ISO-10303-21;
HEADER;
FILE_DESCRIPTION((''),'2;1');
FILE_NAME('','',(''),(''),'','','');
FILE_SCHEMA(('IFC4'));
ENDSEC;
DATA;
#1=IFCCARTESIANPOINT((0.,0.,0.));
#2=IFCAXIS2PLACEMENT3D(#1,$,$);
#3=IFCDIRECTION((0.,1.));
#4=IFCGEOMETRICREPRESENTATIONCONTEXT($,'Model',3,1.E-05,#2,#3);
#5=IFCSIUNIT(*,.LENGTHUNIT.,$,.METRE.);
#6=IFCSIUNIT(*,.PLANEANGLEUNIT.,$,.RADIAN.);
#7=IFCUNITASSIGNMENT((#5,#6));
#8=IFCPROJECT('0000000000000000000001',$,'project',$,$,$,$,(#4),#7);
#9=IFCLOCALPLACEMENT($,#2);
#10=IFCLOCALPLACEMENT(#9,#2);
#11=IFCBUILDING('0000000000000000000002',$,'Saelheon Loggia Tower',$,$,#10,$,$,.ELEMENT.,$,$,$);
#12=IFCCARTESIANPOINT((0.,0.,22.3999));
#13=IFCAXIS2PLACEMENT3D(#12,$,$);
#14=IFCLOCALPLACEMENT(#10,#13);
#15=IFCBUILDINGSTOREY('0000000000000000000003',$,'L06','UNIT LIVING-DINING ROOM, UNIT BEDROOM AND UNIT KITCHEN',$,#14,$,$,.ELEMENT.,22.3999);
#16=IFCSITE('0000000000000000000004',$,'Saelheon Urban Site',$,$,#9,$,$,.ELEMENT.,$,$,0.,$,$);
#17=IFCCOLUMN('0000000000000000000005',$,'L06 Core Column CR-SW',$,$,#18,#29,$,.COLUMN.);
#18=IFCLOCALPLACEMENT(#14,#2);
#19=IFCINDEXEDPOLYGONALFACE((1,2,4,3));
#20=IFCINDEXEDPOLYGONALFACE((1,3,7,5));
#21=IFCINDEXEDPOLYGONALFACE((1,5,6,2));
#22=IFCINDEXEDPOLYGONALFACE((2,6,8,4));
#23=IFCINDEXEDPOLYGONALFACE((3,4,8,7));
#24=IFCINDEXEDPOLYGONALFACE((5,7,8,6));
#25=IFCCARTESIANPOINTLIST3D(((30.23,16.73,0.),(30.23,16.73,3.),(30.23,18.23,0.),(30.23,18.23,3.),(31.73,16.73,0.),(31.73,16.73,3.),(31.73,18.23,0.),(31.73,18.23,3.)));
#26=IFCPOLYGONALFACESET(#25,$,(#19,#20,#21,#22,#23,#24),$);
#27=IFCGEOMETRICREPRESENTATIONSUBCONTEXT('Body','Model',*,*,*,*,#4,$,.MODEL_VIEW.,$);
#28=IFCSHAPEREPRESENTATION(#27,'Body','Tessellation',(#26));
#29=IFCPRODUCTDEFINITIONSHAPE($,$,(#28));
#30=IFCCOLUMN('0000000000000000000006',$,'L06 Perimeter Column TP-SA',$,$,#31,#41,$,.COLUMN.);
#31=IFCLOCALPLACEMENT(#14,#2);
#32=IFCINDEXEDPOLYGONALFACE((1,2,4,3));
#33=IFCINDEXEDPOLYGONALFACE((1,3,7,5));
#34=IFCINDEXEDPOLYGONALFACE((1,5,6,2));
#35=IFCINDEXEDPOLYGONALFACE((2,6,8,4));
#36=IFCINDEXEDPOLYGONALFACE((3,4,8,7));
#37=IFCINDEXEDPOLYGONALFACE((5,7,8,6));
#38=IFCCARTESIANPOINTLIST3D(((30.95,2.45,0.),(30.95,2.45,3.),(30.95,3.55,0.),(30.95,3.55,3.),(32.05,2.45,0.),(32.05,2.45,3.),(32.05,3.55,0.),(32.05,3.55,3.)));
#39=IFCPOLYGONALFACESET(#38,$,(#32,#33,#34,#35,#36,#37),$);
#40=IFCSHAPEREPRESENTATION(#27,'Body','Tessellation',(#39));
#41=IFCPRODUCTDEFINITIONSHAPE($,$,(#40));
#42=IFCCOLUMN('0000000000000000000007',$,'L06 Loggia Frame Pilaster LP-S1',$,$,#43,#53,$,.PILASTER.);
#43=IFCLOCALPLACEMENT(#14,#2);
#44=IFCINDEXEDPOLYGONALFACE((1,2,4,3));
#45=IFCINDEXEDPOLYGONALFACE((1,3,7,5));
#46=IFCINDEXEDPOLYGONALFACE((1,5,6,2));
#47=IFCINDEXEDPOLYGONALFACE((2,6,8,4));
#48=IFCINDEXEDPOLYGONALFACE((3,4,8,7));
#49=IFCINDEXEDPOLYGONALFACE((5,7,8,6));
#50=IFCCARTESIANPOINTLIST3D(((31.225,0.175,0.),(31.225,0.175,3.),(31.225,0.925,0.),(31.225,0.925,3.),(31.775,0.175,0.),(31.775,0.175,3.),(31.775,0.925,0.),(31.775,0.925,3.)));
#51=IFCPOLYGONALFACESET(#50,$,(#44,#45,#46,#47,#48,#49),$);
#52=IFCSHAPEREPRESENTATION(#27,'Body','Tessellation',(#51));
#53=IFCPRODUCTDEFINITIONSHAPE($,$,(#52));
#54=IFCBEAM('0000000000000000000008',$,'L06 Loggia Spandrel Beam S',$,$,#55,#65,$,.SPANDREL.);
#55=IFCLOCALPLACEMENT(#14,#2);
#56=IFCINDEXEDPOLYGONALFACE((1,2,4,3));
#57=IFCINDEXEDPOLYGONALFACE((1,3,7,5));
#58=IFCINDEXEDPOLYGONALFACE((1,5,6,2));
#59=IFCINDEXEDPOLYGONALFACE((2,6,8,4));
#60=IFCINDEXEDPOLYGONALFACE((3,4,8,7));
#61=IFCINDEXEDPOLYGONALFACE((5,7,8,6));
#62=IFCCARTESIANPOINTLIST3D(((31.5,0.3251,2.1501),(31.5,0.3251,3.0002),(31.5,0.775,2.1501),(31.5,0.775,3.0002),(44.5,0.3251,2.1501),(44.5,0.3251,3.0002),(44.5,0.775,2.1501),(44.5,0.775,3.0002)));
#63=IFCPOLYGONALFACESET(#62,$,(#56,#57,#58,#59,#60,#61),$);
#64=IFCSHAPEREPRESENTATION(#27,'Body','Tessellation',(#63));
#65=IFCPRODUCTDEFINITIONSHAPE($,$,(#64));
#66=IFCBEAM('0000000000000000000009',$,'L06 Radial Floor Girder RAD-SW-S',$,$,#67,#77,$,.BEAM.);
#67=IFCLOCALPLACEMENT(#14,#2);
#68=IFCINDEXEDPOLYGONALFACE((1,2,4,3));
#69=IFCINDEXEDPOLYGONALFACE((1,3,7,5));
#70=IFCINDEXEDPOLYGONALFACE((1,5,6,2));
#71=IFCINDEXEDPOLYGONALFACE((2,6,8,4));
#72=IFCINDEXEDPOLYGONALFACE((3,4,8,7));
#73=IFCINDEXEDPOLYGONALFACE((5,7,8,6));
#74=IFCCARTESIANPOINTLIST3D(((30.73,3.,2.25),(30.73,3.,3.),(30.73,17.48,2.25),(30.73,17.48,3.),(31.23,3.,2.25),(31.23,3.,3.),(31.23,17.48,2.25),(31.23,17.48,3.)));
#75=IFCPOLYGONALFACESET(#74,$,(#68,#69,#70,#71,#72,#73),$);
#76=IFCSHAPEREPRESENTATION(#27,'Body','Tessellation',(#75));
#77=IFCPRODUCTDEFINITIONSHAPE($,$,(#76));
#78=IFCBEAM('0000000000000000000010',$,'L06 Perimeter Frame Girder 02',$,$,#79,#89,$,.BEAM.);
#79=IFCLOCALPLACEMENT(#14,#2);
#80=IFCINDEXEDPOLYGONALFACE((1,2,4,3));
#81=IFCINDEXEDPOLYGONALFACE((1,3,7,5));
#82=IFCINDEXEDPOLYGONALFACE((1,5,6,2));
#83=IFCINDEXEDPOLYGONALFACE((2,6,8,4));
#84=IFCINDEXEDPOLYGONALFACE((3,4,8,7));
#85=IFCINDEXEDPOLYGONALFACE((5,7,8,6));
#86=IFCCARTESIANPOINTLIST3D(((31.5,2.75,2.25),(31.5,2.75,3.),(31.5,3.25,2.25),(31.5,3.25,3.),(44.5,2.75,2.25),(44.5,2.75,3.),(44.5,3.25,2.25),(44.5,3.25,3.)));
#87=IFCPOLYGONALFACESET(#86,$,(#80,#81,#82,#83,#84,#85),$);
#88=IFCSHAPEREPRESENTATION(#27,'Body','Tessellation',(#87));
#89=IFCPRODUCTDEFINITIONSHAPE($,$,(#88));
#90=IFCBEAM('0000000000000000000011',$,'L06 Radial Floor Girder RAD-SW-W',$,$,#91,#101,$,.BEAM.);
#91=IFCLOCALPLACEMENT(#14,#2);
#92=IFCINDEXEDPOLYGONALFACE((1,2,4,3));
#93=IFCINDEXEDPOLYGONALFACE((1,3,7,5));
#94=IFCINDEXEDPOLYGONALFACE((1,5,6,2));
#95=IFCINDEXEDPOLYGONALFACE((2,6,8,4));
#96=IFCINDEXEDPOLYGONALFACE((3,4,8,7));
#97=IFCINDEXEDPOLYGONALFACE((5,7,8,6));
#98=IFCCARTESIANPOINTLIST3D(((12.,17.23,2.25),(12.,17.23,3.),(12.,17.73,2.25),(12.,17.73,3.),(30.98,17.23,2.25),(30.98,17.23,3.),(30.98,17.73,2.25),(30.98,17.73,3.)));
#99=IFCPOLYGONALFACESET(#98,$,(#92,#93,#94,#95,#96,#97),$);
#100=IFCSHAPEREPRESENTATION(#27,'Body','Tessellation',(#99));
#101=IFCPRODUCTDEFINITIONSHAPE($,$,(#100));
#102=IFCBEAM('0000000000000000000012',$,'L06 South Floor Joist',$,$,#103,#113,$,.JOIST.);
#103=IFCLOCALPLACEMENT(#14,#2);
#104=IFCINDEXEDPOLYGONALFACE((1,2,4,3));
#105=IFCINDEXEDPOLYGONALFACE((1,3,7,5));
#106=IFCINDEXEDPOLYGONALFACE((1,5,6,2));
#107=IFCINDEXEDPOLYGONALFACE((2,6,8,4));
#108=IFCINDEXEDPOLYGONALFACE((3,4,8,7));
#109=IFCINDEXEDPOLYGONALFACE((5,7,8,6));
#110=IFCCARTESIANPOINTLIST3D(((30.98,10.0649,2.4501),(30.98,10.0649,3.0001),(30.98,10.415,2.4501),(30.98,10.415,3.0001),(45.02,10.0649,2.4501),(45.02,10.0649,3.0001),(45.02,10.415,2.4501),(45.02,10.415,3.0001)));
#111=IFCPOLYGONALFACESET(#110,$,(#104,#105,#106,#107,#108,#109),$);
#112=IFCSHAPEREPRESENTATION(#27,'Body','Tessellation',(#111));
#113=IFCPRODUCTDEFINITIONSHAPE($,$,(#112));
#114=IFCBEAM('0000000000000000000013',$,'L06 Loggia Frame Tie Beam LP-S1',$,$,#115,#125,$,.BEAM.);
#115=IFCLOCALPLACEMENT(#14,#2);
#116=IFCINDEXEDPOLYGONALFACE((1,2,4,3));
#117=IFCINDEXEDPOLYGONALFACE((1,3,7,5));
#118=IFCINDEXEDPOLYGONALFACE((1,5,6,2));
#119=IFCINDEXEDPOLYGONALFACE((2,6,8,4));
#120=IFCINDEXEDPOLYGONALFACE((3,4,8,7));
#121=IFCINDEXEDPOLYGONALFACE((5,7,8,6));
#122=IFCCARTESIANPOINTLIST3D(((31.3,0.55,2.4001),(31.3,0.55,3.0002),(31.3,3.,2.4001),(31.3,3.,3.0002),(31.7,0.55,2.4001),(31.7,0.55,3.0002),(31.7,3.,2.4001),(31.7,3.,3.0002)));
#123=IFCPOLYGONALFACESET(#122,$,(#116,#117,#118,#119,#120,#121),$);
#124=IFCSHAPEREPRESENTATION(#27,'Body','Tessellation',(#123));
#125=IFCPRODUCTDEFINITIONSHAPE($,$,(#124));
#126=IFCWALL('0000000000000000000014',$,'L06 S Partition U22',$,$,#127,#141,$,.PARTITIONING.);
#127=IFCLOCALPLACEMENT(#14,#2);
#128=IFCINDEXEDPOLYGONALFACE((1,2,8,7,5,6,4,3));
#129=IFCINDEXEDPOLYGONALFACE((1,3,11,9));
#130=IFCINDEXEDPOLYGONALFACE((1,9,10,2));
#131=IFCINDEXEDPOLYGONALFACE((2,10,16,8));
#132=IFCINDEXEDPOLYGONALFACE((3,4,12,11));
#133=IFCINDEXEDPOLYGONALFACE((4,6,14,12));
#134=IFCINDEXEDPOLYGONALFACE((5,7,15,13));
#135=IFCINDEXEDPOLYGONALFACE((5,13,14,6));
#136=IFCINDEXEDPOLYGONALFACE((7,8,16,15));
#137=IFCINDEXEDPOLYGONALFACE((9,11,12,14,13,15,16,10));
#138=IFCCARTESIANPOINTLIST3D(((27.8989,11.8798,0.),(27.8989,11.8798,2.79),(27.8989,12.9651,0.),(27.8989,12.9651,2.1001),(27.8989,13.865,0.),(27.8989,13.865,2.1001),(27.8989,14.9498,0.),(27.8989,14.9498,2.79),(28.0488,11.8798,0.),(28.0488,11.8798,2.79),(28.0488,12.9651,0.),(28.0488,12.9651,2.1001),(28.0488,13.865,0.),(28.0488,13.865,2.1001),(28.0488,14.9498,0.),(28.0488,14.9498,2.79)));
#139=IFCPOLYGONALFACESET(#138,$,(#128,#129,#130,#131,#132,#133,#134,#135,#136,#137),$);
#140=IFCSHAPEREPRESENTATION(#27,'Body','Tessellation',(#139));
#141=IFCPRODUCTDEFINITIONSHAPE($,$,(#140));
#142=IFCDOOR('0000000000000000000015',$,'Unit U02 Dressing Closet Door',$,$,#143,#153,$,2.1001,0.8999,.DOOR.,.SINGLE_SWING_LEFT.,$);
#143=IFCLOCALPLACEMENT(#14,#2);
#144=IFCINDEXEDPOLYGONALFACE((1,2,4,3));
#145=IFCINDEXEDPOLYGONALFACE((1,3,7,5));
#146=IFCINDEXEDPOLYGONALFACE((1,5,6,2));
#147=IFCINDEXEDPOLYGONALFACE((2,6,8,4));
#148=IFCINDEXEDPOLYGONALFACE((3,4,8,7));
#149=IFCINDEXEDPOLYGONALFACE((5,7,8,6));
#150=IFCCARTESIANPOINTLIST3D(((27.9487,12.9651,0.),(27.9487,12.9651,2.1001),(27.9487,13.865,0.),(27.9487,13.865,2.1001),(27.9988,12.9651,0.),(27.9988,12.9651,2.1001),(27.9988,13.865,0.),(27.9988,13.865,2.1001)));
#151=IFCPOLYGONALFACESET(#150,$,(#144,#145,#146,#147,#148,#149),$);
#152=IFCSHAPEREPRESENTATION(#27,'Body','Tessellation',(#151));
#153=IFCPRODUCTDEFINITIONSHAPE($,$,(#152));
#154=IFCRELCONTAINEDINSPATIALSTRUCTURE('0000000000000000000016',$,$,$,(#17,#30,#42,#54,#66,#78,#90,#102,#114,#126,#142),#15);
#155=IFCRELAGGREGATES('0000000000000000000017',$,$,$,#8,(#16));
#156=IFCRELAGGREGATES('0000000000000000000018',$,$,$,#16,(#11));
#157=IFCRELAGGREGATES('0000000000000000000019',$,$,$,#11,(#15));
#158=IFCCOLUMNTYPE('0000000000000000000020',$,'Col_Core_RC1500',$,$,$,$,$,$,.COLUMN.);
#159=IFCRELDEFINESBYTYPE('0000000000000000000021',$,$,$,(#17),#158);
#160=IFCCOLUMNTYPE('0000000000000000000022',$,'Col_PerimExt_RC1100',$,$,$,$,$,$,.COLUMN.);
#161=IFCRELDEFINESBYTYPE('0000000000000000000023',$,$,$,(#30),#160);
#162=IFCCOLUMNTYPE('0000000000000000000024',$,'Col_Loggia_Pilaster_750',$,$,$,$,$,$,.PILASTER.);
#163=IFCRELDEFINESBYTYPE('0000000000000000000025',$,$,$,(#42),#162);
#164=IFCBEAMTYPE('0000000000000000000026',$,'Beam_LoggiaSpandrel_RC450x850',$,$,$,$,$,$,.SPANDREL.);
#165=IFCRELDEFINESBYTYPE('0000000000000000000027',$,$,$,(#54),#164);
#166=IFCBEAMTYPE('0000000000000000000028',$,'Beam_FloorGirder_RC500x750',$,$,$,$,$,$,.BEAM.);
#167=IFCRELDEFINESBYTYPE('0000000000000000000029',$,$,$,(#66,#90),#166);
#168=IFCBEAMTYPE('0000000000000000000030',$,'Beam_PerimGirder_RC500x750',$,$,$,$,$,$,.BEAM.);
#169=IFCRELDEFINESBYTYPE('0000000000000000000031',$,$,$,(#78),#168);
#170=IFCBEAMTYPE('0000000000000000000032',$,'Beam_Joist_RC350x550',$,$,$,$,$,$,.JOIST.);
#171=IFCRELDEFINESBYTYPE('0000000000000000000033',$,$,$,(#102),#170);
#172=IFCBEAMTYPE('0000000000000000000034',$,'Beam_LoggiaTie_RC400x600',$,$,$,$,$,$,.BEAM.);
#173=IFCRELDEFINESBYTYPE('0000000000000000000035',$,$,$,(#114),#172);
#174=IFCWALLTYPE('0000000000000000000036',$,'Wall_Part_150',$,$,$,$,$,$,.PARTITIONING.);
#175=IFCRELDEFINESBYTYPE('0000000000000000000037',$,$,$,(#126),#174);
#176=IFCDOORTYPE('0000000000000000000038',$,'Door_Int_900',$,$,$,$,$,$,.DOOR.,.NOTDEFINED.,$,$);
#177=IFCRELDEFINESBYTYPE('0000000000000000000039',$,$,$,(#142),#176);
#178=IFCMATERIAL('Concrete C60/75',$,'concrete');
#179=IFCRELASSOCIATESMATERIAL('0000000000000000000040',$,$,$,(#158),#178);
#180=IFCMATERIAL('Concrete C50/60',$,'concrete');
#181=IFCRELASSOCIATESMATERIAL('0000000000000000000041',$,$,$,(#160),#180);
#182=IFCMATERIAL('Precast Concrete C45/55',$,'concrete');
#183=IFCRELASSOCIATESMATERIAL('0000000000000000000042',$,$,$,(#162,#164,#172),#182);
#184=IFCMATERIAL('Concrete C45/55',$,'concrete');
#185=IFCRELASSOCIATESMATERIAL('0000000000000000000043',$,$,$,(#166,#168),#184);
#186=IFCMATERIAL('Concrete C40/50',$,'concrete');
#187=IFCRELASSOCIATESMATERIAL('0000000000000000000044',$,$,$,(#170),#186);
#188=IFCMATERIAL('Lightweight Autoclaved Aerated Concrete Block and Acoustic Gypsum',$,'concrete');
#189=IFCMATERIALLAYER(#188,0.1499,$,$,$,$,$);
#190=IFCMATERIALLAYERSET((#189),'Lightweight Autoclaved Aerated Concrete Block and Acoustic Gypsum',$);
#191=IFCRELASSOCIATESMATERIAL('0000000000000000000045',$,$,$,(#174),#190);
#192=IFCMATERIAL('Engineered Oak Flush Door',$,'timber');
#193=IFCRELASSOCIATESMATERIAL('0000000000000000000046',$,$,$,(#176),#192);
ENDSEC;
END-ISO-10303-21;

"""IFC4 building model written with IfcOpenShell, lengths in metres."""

from ifc_helpers import new_model, si_unit, direction, frame, frame_2d, origin, origin_2d, place, context, subcontext, project, spatial, rectangle, extrude, source, transform, mapped, material, layer, layer_set, material_profile, profile_set, type_object, element, fill, save


model = new_model("IFC4")

# Units and contexts
model_context = context("Model", 3, precision=1e-05, world=origin(), true_north=direction((0.0, 1.0)))
body_context = subcontext(model_context, "Body", "Model", "MODEL_VIEW")
ifc_project = project(units=[si_unit("LENGTHUNIT", "METRE"), si_unit("PLANEANGLEUNIT", "RADIAN")], contexts=[model_context])

# Site, building, storey
site_placement = place(None, origin())
site = spatial("IfcSite", under=ifc_project, at=site_placement, Name="Saelheon Urban Site", CompositionType="ELEMENT", RefElevation=0.0)
building_placement = place(site_placement, origin())
building = spatial("IfcBuilding", under=site, at=building_placement, Name="Saelheon Loggia Tower", CompositionType="ELEMENT")
storey_placement = place(building_placement, frame((0.0, 0.0, 22.3999)))
storey = spatial("IfcBuildingStorey", under=building, at=storey_placement, Name="L06", Description="UNIT LIVING-DINING ROOM, UNIT BEDROOM AND UNIT KITCHEN", CompositionType="ELEMENT", Elevation=22.3999)

# Columns
ifc_material_1 = material(Name="Concrete C60/75", Category="concrete")
ifc_material_profile_1 = material_profile(ifc_material_1, rectangle(XDim=1.5, YDim=1.5, at=origin_2d()), Name="RC-1500x1500")
ifc_profile_set_1 = profile_set([ifc_material_profile_1], Name="Concrete C60/75")
column_type_1 = type_object("IfcColumnType", Name="Col_Core_RC1500", PredefinedType="COLUMN", material=ifc_profile_set_1)
shared_shape_1 = source(origin(), body_context, "Body", "SweptSolid", [
    extrude(rectangle(XDim=1.5, YDim=1.5, at=origin_2d()), origin(), (0.0, 0.0, 1.0), 3.0),
])
column_1_placement = place(storey_placement, frame((30.98, 17.48, 0.0), z_axis=(0.0, 0.0, 1.0), x_axis=(1.0, 0.0, 0.0)))
element("IfcColumn", 1, at=column_1_placement, inside=storey, type_object=column_type_1, Name="L06 Core Column CR-SW", PredefinedType="COLUMN", context=body_context, shape_type="MappedRepresentation", body=[
    mapped(shared_shape_1, transform((0.0, 0.0, 0.0), scale=1.0)),
])
ifc_material_2 = material(Name="Concrete C50/60", Category="concrete")
ifc_material_profile_2 = material_profile(ifc_material_2, rectangle(XDim=1.1001, YDim=1.1001, at=origin_2d()), Name="RC-1100x1100")
ifc_profile_set_2 = profile_set([ifc_material_profile_2], Name="Concrete C50/60")
column_type_2 = type_object("IfcColumnType", Name="Col_PerimExt_RC1100", PredefinedType="COLUMN", material=ifc_profile_set_2)
shared_shape_2 = source(origin(), body_context, "Body", "SweptSolid", [
    extrude(rectangle(XDim=1.1001, YDim=1.1001, at=origin_2d()), origin(), (0.0, 0.0, 1.0), 3.0),
])
column_2_placement = place(storey_placement, frame((31.5, 3.0, 0.0), z_axis=(0.0, 0.0, 1.0), x_axis=(1.0, 0.0, 0.0)))
element("IfcColumn", 2, at=column_2_placement, inside=storey, type_object=column_type_2, Name="L06 Perimeter Column TP-SA", PredefinedType="COLUMN", context=body_context, shape_type="MappedRepresentation", body=[
    mapped(shared_shape_2, transform((0.0, 0.0, 0.0), scale=1.0)),
])
ifc_material_3 = material(Name="Precast Concrete C45/55", Category="concrete")
ifc_material_profile_3 = material_profile(ifc_material_3, rectangle(XDim=0.55, YDim=0.75, at=origin_2d()), Name="RC-550x750")
ifc_profile_set_3 = profile_set([ifc_material_profile_3], Name="Precast Concrete C45/55")
column_type_3 = type_object("IfcColumnType", Name="Col_Loggia_Pilaster_750", PredefinedType="PILASTER", material=ifc_profile_set_3)
shared_shape_3 = source(origin(), body_context, "Body", "SweptSolid", [
    extrude(rectangle(XDim=0.55, YDim=0.75, at=origin_2d()), origin(), (0.0, 0.0, 1.0), 3.0),
])
column_3_placement = place(storey_placement, frame((31.5, 0.55, 0.0), z_axis=(0.0, 0.0, 1.0), x_axis=(1.0, 0.0, 0.0)))
element("IfcColumn", 3, at=column_3_placement, inside=storey, type_object=column_type_3, Name="L06 Loggia Frame Pilaster LP-S1", PredefinedType="PILASTER", context=body_context, shape_type="MappedRepresentation", body=[
    mapped(shared_shape_3, transform((0.0, 0.0, 0.0), scale=1.0)),
])

# Beams
ifc_material_profile_4 = material_profile(ifc_material_3, rectangle(XDim=0.45, YDim=0.8501, at=origin_2d()), Name="RC-450x850")
ifc_profile_set_4 = profile_set([ifc_material_profile_4], Name="Precast Concrete C45/55")
beam_type_1 = type_object("IfcBeamType", Name="Beam_LoggiaSpandrel_RC450x850", PredefinedType="SPANDREL", material=ifc_profile_set_4)
shared_shape_4 = source(origin(), body_context, "Body", "SweptSolid", [
    extrude(rectangle(XDim=0.45, YDim=0.8501, at=origin_2d()), origin(), (0.0, 0.0, 1.0), 13.0),
])
beam_1_placement = place(storey_placement, frame((31.5, 0.55, 2.5752), z_axis=(1.0, 0.0, 0.0), x_axis=(0.0, 1.0, 0.0)))
element("IfcBeam", 4, at=beam_1_placement, inside=storey, type_object=beam_type_1, Name="L06 Loggia Spandrel Beam S", PredefinedType="SPANDREL", context=body_context, shape_type="MappedRepresentation", body=[
    mapped(shared_shape_4, transform((0.0, 0.0, 0.0), scale=1.0)),
])
ifc_material_4 = material(Name="Concrete C45/55", Category="concrete")
ifc_material_profile_5 = material_profile(ifc_material_4, rectangle(XDim=0.5, YDim=0.75, at=origin_2d()), Name="RC-500x750")
ifc_profile_set_5 = profile_set([ifc_material_profile_5], Name="Concrete C45/55")
beam_type_2 = type_object("IfcBeamType", Name="Beam_FloorGirder_RC500x750", PredefinedType="BEAM", material=ifc_profile_set_5)
shared_shape_5 = source(origin(), body_context, "Body", "SweptSolid", [
    extrude(rectangle(XDim=0.5, YDim=0.75, at=origin_2d()), origin(), (0.0, 0.0, 1.0), 14.48),
])
beam_2_placement = place(storey_placement, frame((30.98, 17.48, 2.625), z_axis=(0.0, -1.0, 0.0), x_axis=(1.0, 0.0, 0.0)))
element("IfcBeam", 5, at=beam_2_placement, inside=storey, type_object=beam_type_2, Name="L06 Radial Floor Girder RAD-SW-S", PredefinedType="BEAM", context=body_context, shape_type="MappedRepresentation", body=[
    mapped(shared_shape_5, transform((0.0, 0.0, 0.0), scale=1.0)),
])
ifc_material_profile_6 = material_profile(ifc_material_4, rectangle(XDim=0.5, YDim=0.75, at=origin_2d()), Name="RC-500x750")
ifc_profile_set_6 = profile_set([ifc_material_profile_6], Name="Concrete C45/55")
beam_type_3 = type_object("IfcBeamType", Name="Beam_PerimGirder_RC500x750", PredefinedType="BEAM", material=ifc_profile_set_6)
shared_shape_6 = source(origin(), body_context, "Body", "SweptSolid", [
    extrude(rectangle(XDim=0.5, YDim=0.75, at=origin_2d()), origin(), (0.0, 0.0, 1.0), 13.0),
])
beam_3_placement = place(storey_placement, frame((31.5, 3.0, 2.625), z_axis=(1.0, 0.0, 0.0), x_axis=(0.0, 1.0, 0.0)))
element("IfcBeam", 6, at=beam_3_placement, inside=storey, type_object=beam_type_3, Name="L06 Perimeter Frame Girder 02", PredefinedType="BEAM", context=body_context, shape_type="MappedRepresentation", body=[
    mapped(shared_shape_6, transform((0.0, 0.0, 0.0), scale=1.0)),
])
shared_shape_7 = source(origin(), body_context, "Body", "SweptSolid", [
    extrude(rectangle(XDim=0.5, YDim=0.75, at=origin_2d()), origin(), (0.0, 0.0, 1.0), 18.98),
])
beam_4_placement = place(storey_placement, frame((30.98, 17.48, 2.625), z_axis=(-1.0, 0.0, 0.0), x_axis=(0.0, -1.0, 0.0)))
element("IfcBeam", 7, at=beam_4_placement, inside=storey, type_object=beam_type_2, Name="L06 Radial Floor Girder RAD-SW-W", PredefinedType="BEAM", context=body_context, shape_type="MappedRepresentation", body=[
    mapped(shared_shape_7, transform((0.0, 0.0, 0.0), scale=1.0)),
])
ifc_material_5 = material(Name="Concrete C40/50", Category="concrete")
ifc_material_profile_7 = material_profile(ifc_material_5, rectangle(XDim=0.3501, YDim=0.55, at=origin_2d()), Name="RC-350x550")
ifc_profile_set_7 = profile_set([ifc_material_profile_7], Name="Concrete C40/50")
beam_type_4 = type_object("IfcBeamType", Name="Beam_Joist_RC350x550", PredefinedType="JOIST", material=ifc_profile_set_7)
shared_shape_8 = source(origin(), body_context, "Body", "SweptSolid", [
    extrude(rectangle(XDim=0.3501, YDim=0.55, at=origin_2d()), origin(), (0.0, 0.0, 1.0), 14.04),
])
beam_5_placement = place(storey_placement, frame((30.98, 10.24, 2.7251), z_axis=(1.0, 0.0, 0.0), x_axis=(0.0, 1.0, 0.0)))
element("IfcBeam", 8, at=beam_5_placement, inside=storey, type_object=beam_type_4, Name="L06 South Floor Joist", PredefinedType="JOIST", context=body_context, shape_type="MappedRepresentation", body=[
    mapped(shared_shape_8, transform((0.0, 0.0, 0.0), scale=1.0)),
])
ifc_material_profile_8 = material_profile(ifc_material_3, rectangle(XDim=0.3999, YDim=0.6001, at=origin_2d()), Name="RC-400x600")
ifc_profile_set_8 = profile_set([ifc_material_profile_8], Name="Precast Concrete C45/55")
beam_type_5 = type_object("IfcBeamType", Name="Beam_LoggiaTie_RC400x600", PredefinedType="BEAM", material=ifc_profile_set_8)
shared_shape_9 = source(origin(), body_context, "Body", "SweptSolid", [
    extrude(rectangle(XDim=0.3999, YDim=0.6001, at=origin_2d()), origin(), (0.0, 0.0, 1.0), 2.45),
])
beam_6_placement = place(storey_placement, frame((31.5, 3.0, 2.7002), z_axis=(0.0, -1.0, 0.0), x_axis=(1.0, 0.0, 0.0)))
element("IfcBeam", 9, at=beam_6_placement, inside=storey, type_object=beam_type_5, Name="L06 Loggia Frame Tie Beam LP-S1", PredefinedType="BEAM", context=body_context, shape_type="MappedRepresentation", body=[
    mapped(shared_shape_9, transform((0.0, 0.0, 0.0), scale=1.0)),
])

# Wall, opening, door
ifc_material_6 = material(Name="Lightweight Autoclaved Aerated Concrete Block and Acoustic Gypsum", Category="concrete")
ifc_layer_1 = layer(ifc_material_6, 0.1499)
ifc_layer_set_1 = layer_set([ifc_layer_1], Name="Lightweight Autoclaved Aerated Concrete Block and Acoustic Gypsum")
wall_type_1 = type_object("IfcWallType", Name="Wall_Part_150", PredefinedType="PARTITIONING", material=ifc_layer_set_1)
wall_1_placement = place(storey_placement, frame((27.9739, 14.95, 0.0), z_axis=(0.0, 0.0, 1.0), x_axis=(0.0, -1.0, 0.0)))
wall_1 = element("IfcWall", 10, at=wall_1_placement, inside=storey, type_object=wall_type_1, Name="L06 S Partition U22", PredefinedType="PARTITIONING", context=body_context, shape_type="SweptSolid", body=[
    extrude(rectangle(XDim=3.0701, YDim=0.1499, at=frame_2d((1.5352, 0.0))), origin(), (0.0, 0.0, 1.0), 2.79),
])
opening_1_placement = place(wall_1_placement, frame((1.085, 0.0, 0.0)))
opening_1 = element("IfcOpeningElement", 11, at=opening_1_placement, cuts=wall_1, PredefinedType="OPENING", context=body_context, shape_type="SweptSolid", body=[
    extrude(rectangle(XDim=0.8999, YDim=2.1001, at=frame_2d((0.45, 1.05))), frame((0.0, 0.0869, 0.0), z_axis=(0.0, -1.0, 0.0), x_axis=(1.0, 0.0, 0.0)), (0.0, 0.0, 1.0), 0.1738),
])
ifc_material_7 = material(Name="Engineered Oak Flush Door", Category="timber")
door_type_1 = type_object("IfcDoorType", Name="Door_Int_900", OperationType="NOTDEFINED", PredefinedType="DOOR", material=ifc_material_7)
shared_shape_10 = source(origin(), body_context, "Body", "SweptSolid", [
    extrude(rectangle(XDim=0.8999, YDim=2.1001, at=frame_2d((0.45, 1.05))), frame((0.0, 0.0249, 0.0), z_axis=(0.0, -1.0, 0.0), x_axis=(1.0, 0.0, 0.0)), (0.0, 0.0, 1.0), 0.05),
])
door_1_placement = place(opening_1_placement, origin())
door_1 = element("IfcDoor", 12, at=door_1_placement, inside=storey, type_object=door_type_1, Name="Unit U02 Dressing Closet Door", OperationType="SINGLE_SWING_LEFT", OverallHeight=2.1001, OverallWidth=0.8999, PredefinedType="DOOR", context=body_context, shape_type="MappedRepresentation", body=[
    mapped(shared_shape_10, transform((0.0, 0.0, 0.0), scale=1.0)),
])
fill(opening_1, door_1)

save(model, "model.ifc")
